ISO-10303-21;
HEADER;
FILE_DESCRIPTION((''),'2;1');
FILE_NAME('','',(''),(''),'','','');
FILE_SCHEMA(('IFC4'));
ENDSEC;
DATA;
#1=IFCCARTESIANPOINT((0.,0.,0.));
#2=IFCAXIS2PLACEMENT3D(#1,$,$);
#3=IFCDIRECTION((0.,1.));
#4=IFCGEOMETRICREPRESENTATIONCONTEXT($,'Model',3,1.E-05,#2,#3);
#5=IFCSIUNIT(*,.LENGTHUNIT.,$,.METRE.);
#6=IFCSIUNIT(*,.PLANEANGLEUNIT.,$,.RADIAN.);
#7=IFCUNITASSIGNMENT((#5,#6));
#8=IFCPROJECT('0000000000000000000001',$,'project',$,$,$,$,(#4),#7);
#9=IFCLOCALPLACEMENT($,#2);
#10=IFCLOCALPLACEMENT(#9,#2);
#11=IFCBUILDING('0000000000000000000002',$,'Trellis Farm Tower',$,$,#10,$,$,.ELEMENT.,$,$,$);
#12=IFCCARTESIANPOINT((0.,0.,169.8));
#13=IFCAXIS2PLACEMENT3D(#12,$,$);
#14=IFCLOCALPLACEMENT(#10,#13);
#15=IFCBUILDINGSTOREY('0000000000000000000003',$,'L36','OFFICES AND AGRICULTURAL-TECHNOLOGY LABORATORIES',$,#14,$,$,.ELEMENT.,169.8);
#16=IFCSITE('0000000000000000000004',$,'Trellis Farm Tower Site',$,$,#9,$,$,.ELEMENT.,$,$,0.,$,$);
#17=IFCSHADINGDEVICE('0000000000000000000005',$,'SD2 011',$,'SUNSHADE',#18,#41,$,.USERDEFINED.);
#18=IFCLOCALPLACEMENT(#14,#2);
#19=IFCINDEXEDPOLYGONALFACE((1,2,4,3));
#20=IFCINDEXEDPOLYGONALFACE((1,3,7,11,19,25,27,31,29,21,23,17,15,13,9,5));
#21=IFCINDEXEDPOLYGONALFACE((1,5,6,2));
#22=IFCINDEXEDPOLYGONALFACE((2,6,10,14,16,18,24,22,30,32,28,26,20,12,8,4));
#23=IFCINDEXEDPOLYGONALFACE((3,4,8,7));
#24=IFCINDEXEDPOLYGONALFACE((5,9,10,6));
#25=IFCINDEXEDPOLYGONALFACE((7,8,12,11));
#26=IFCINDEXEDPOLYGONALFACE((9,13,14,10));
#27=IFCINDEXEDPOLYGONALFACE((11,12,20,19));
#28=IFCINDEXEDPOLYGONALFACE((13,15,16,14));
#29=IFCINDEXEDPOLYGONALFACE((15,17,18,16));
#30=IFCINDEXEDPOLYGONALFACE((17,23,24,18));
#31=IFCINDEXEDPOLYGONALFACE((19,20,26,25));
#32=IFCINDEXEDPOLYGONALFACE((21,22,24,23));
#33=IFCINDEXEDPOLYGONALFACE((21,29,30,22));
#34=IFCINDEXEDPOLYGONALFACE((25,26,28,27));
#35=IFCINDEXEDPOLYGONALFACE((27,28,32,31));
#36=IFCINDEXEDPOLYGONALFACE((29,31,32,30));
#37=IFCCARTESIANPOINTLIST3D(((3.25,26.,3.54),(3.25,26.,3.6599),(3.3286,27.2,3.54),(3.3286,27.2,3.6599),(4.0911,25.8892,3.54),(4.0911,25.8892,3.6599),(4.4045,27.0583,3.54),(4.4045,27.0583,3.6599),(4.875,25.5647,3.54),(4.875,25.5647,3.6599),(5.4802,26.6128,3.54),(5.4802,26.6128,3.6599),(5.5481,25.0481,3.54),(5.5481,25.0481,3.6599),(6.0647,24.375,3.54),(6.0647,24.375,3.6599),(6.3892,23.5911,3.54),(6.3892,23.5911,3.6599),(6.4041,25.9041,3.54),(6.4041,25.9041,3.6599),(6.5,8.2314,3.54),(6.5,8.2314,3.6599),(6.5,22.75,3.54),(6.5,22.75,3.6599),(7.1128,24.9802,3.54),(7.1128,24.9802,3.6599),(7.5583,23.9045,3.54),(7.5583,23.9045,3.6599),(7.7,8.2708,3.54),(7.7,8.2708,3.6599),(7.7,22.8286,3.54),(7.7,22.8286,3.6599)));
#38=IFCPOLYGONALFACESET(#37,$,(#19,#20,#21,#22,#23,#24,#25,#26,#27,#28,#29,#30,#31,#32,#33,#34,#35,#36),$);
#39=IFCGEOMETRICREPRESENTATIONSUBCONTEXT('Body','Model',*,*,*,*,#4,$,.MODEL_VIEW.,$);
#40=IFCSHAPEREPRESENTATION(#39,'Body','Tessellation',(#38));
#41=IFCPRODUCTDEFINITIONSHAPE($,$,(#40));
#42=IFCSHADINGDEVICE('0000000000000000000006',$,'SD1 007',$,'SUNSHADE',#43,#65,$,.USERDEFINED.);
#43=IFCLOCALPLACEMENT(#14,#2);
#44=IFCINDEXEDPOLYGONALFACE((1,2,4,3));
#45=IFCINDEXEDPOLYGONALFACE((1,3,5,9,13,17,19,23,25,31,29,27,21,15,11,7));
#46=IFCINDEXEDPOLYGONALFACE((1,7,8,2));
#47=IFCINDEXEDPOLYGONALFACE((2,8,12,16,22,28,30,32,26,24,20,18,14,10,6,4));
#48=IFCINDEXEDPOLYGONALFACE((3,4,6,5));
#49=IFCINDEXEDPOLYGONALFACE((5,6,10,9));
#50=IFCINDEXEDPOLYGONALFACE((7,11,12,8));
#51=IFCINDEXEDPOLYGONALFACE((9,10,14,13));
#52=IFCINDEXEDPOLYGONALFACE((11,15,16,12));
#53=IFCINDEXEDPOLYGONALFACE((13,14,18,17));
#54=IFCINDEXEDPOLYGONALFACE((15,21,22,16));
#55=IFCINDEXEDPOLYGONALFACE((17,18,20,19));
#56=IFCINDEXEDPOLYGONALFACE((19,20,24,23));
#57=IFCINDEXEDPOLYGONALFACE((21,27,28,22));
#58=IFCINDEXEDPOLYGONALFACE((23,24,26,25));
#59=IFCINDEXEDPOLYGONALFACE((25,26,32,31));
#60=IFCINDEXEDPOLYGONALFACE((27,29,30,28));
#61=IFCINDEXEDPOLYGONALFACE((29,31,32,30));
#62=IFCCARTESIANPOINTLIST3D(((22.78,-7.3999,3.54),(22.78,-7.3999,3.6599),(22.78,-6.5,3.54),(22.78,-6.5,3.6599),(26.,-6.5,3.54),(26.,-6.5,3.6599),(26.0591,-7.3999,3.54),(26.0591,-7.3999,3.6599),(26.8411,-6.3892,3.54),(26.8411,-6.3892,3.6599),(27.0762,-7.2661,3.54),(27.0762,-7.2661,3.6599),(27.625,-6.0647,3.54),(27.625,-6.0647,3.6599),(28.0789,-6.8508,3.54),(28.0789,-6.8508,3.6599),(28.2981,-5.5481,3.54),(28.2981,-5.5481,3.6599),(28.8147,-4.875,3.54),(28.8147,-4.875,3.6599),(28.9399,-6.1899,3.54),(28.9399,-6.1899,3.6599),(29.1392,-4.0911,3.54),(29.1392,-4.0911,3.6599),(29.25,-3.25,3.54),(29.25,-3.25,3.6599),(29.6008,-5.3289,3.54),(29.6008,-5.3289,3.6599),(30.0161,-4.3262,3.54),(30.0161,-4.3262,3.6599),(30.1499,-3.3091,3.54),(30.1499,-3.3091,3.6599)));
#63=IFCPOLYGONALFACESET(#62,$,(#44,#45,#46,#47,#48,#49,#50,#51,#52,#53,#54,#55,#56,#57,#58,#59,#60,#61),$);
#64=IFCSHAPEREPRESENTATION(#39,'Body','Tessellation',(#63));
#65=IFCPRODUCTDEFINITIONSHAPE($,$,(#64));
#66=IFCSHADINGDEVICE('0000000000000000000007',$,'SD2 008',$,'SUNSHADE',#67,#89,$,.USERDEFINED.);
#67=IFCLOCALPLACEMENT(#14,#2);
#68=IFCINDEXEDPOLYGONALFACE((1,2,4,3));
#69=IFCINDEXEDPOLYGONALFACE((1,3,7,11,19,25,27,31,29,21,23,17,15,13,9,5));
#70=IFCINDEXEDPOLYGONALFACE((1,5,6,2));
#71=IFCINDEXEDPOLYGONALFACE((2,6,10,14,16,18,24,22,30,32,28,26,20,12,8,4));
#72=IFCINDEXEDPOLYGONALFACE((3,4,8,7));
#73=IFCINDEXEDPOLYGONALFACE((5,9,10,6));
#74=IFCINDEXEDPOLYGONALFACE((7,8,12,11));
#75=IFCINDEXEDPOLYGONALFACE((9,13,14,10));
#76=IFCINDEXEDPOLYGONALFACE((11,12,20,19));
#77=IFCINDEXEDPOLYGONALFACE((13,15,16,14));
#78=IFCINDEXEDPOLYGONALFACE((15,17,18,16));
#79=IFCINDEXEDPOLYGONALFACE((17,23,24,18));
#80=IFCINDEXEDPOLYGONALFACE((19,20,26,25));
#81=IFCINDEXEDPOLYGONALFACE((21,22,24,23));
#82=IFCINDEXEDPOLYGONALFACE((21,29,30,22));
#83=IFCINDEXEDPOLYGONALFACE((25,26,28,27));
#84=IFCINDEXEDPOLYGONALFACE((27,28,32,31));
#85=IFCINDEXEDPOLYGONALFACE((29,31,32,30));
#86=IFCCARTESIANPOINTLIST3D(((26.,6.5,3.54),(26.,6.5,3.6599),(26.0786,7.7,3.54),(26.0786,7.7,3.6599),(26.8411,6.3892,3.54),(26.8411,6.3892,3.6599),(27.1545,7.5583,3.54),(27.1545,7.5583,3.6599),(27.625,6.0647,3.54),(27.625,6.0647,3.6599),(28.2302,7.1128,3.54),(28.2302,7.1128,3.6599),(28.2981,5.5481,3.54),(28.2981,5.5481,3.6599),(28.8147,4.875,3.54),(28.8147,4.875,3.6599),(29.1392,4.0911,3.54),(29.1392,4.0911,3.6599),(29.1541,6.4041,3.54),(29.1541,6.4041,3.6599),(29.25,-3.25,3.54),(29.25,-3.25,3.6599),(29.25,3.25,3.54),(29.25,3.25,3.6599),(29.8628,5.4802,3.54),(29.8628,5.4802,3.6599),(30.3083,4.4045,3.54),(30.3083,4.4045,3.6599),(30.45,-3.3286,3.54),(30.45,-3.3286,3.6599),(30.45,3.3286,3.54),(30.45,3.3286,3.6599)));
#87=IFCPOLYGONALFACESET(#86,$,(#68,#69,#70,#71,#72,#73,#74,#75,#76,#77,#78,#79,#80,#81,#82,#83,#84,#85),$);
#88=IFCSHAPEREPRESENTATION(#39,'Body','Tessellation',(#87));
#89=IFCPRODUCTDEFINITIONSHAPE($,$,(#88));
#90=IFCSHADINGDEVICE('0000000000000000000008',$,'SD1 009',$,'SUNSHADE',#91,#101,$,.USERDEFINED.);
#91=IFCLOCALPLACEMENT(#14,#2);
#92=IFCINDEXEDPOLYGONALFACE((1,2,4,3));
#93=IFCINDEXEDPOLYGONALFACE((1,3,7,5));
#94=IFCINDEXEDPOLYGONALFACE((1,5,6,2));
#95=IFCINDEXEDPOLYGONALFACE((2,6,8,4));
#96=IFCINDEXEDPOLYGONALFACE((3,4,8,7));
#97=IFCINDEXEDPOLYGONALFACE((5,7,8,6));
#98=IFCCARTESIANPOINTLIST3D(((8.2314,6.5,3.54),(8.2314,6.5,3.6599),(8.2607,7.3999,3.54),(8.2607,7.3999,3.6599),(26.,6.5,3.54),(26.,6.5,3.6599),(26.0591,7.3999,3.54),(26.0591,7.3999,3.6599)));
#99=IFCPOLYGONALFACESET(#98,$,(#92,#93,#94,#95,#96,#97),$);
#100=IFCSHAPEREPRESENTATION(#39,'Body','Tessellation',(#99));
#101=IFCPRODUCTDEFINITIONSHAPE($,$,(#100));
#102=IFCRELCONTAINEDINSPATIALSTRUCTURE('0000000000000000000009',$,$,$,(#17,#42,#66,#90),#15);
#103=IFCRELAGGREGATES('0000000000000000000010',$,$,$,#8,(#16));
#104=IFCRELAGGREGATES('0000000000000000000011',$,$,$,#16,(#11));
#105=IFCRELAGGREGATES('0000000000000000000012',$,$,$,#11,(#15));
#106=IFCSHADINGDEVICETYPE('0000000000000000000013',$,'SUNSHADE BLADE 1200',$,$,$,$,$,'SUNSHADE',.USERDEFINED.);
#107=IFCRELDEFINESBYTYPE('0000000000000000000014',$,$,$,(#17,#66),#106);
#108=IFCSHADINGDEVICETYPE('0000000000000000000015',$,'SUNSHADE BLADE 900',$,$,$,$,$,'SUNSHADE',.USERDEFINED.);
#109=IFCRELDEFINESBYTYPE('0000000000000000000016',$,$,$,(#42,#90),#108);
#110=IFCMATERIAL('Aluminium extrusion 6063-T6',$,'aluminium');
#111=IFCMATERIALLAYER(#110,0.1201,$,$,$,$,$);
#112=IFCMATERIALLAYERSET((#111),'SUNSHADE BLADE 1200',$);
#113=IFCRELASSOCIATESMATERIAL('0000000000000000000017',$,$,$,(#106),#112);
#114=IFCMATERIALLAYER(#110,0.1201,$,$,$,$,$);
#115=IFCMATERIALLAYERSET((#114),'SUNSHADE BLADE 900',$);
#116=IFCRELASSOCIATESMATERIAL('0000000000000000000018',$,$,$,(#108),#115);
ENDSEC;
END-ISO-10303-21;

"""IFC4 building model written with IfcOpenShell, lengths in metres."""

from ifc_helpers import new_model, si_unit, direction, frame, origin, place, context, subcontext, project, spatial, polyline, outline, extrude, source, transform, mapped, material, layer, layer_set, type_object, element, save


model = new_model("IFC4")

# Units and contexts
model_context = context("Model", 3, precision=1e-05, world=origin(), true_north=direction((0.0, 1.0)))
body_context = subcontext(model_context, "Body", "Model", "MODEL_VIEW")
ifc_project = project(units=[si_unit("LENGTHUNIT", "METRE"), si_unit("PLANEANGLEUNIT", "RADIAN")], contexts=[model_context])

# Site, building, storey
site_placement = place(None, origin())
site = spatial("IfcSite", under=ifc_project, at=site_placement, Name="Trellis Farm Tower Site", CompositionType="ELEMENT", RefElevation=0.0)
building_placement = place(site_placement, origin())
building = spatial("IfcBuilding", under=site, at=building_placement, Name="Trellis Farm Tower", CompositionType="ELEMENT")
storey_placement = place(building_placement, frame((0.0, 0.0, 169.8)))
storey = spatial("IfcBuildingStorey", under=building, at=storey_placement, Name="L36", Description="OFFICES AND AGRICULTURAL-TECHNOLOGY LABORATORIES", CompositionType="ELEMENT", Elevation=169.8)

# Shared definitions
ifc_material_1 = material(Name="Aluminium extrusion 6063-T6", Category="aluminium")

# Shading devices
ifc_layer_1 = layer(ifc_material_1, 0.1201)
ifc_layer_set_1 = layer_set([ifc_layer_1], Name="SUNSHADE BLADE 1200")
shading_device_type_1 = type_object("IfcShadingDeviceType", Name="SUNSHADE BLADE 1200", ElementType="SUNSHADE", PredefinedType="USERDEFINED", material=ifc_layer_set_1)
placement_1 = place(storey_placement, frame((0.0, 0.0, 3.54)))
ifc_layer_2 = layer(ifc_material_1, 0.1201)
ifc_layer_set_2 = layer_set([ifc_layer_2], Name="SUNSHADE BLADE 900")
shading_device_type_2 = type_object("IfcShadingDeviceType", Name="SUNSHADE BLADE 900", ElementType="SUNSHADE", PredefinedType="USERDEFINED", material=ifc_layer_set_2)
shared_shape_1 = source(origin(), body_context, "Body", "SweptSolid", [
    extrude(outline(polyline([(7.7, 8.2708), (7.7, 22.8286), (7.5583, 23.9045), (7.1128, 24.9802), (6.4041, 25.9041), (5.4802, 26.6128), (4.4045, 27.0583), (3.3286, 27.2), (3.25, 26.0), (4.0911, 25.8892), (4.875, 25.5647), (5.5481, 25.0481), (6.0647, 24.375), (6.3892, 23.5911), (6.5, 22.75), (6.5, 8.2314), (7.7, 8.2708)])), origin(), (0.0, 0.0, 1.0), 0.1199),
])
element("IfcShadingDevice", 1, at=placement_1, inside=storey, type_object=shading_device_type_1, Name="SD2 011", ObjectType="SUNSHADE", PredefinedType="USERDEFINED", context=body_context, shape_type="MappedRepresentation", body=[
    mapped(shared_shape_1, transform((0.0, 0.0, 0.0))),
])
shared_shape_2 = source(origin(), body_context, "Body", "SweptSolid", [
    extrude(outline(polyline([(22.78, -7.3999), (26.0591, -7.3999), (27.0762, -7.2661), (28.0789, -6.8508), (28.9399, -6.1899), (29.6008, -5.3289), (30.0161, -4.3262), (30.1499, -3.3091), (29.25, -3.25), (29.1392, -4.0911), (28.8147, -4.875), (28.2981, -5.5481), (27.625, -6.0647), (26.8411, -6.3892), (26.0, -6.5), (22.78, -6.5), (22.78, -7.3999)])), origin(), (0.0, 0.0, 1.0), 0.1199),
])
element("IfcShadingDevice", 2, at=placement_1, inside=storey, type_object=shading_device_type_2, Name="SD1 007", ObjectType="SUNSHADE", PredefinedType="USERDEFINED", context=body_context, shape_type="MappedRepresentation", body=[
    mapped(shared_shape_2, transform((0.0, 0.0, 0.0))),
])
shared_shape_3 = source(origin(), body_context, "Body", "SweptSolid", [
    extrude(outline(polyline([(30.45, -3.3286), (30.45, 3.3286), (30.3083, 4.4045), (29.8628, 5.4802), (29.1541, 6.4041), (28.2302, 7.1128), (27.1545, 7.5583), (26.0786, 7.7), (26.0, 6.5), (26.8411, 6.3892), (27.625, 6.0647), (28.2981, 5.5481), (28.8147, 4.875), (29.1392, 4.0911), (29.25, 3.25), (29.25, -3.25), (30.45, -3.3286)])), origin(), (0.0, 0.0, 1.0), 0.1199),
])
element("IfcShadingDevice", 3, at=placement_1, inside=storey, type_object=shading_device_type_1, Name="SD2 008", ObjectType="SUNSHADE", PredefinedType="USERDEFINED", context=body_context, shape_type="MappedRepresentation", body=[
    mapped(shared_shape_3, transform((0.0, 0.0, 0.0))),
])
shared_shape_4 = source(origin(), body_context, "Body", "SweptSolid", [
    extrude(outline(polyline([(26.0591, 7.3999), (8.2607, 7.3999), (8.2314, 6.5), (26.0, 6.5), (26.0591, 7.3999)])), origin(), (0.0, 0.0, 1.0), 0.1199),
])
element("IfcShadingDevice", 4, at=placement_1, inside=storey, type_object=shading_device_type_2, Name="SD1 009", ObjectType="SUNSHADE", PredefinedType="USERDEFINED", context=body_context, shape_type="MappedRepresentation", body=[
    mapped(shared_shape_4, transform((0.0, 0.0, 0.0))),
])

save(model, "model.ifc")
